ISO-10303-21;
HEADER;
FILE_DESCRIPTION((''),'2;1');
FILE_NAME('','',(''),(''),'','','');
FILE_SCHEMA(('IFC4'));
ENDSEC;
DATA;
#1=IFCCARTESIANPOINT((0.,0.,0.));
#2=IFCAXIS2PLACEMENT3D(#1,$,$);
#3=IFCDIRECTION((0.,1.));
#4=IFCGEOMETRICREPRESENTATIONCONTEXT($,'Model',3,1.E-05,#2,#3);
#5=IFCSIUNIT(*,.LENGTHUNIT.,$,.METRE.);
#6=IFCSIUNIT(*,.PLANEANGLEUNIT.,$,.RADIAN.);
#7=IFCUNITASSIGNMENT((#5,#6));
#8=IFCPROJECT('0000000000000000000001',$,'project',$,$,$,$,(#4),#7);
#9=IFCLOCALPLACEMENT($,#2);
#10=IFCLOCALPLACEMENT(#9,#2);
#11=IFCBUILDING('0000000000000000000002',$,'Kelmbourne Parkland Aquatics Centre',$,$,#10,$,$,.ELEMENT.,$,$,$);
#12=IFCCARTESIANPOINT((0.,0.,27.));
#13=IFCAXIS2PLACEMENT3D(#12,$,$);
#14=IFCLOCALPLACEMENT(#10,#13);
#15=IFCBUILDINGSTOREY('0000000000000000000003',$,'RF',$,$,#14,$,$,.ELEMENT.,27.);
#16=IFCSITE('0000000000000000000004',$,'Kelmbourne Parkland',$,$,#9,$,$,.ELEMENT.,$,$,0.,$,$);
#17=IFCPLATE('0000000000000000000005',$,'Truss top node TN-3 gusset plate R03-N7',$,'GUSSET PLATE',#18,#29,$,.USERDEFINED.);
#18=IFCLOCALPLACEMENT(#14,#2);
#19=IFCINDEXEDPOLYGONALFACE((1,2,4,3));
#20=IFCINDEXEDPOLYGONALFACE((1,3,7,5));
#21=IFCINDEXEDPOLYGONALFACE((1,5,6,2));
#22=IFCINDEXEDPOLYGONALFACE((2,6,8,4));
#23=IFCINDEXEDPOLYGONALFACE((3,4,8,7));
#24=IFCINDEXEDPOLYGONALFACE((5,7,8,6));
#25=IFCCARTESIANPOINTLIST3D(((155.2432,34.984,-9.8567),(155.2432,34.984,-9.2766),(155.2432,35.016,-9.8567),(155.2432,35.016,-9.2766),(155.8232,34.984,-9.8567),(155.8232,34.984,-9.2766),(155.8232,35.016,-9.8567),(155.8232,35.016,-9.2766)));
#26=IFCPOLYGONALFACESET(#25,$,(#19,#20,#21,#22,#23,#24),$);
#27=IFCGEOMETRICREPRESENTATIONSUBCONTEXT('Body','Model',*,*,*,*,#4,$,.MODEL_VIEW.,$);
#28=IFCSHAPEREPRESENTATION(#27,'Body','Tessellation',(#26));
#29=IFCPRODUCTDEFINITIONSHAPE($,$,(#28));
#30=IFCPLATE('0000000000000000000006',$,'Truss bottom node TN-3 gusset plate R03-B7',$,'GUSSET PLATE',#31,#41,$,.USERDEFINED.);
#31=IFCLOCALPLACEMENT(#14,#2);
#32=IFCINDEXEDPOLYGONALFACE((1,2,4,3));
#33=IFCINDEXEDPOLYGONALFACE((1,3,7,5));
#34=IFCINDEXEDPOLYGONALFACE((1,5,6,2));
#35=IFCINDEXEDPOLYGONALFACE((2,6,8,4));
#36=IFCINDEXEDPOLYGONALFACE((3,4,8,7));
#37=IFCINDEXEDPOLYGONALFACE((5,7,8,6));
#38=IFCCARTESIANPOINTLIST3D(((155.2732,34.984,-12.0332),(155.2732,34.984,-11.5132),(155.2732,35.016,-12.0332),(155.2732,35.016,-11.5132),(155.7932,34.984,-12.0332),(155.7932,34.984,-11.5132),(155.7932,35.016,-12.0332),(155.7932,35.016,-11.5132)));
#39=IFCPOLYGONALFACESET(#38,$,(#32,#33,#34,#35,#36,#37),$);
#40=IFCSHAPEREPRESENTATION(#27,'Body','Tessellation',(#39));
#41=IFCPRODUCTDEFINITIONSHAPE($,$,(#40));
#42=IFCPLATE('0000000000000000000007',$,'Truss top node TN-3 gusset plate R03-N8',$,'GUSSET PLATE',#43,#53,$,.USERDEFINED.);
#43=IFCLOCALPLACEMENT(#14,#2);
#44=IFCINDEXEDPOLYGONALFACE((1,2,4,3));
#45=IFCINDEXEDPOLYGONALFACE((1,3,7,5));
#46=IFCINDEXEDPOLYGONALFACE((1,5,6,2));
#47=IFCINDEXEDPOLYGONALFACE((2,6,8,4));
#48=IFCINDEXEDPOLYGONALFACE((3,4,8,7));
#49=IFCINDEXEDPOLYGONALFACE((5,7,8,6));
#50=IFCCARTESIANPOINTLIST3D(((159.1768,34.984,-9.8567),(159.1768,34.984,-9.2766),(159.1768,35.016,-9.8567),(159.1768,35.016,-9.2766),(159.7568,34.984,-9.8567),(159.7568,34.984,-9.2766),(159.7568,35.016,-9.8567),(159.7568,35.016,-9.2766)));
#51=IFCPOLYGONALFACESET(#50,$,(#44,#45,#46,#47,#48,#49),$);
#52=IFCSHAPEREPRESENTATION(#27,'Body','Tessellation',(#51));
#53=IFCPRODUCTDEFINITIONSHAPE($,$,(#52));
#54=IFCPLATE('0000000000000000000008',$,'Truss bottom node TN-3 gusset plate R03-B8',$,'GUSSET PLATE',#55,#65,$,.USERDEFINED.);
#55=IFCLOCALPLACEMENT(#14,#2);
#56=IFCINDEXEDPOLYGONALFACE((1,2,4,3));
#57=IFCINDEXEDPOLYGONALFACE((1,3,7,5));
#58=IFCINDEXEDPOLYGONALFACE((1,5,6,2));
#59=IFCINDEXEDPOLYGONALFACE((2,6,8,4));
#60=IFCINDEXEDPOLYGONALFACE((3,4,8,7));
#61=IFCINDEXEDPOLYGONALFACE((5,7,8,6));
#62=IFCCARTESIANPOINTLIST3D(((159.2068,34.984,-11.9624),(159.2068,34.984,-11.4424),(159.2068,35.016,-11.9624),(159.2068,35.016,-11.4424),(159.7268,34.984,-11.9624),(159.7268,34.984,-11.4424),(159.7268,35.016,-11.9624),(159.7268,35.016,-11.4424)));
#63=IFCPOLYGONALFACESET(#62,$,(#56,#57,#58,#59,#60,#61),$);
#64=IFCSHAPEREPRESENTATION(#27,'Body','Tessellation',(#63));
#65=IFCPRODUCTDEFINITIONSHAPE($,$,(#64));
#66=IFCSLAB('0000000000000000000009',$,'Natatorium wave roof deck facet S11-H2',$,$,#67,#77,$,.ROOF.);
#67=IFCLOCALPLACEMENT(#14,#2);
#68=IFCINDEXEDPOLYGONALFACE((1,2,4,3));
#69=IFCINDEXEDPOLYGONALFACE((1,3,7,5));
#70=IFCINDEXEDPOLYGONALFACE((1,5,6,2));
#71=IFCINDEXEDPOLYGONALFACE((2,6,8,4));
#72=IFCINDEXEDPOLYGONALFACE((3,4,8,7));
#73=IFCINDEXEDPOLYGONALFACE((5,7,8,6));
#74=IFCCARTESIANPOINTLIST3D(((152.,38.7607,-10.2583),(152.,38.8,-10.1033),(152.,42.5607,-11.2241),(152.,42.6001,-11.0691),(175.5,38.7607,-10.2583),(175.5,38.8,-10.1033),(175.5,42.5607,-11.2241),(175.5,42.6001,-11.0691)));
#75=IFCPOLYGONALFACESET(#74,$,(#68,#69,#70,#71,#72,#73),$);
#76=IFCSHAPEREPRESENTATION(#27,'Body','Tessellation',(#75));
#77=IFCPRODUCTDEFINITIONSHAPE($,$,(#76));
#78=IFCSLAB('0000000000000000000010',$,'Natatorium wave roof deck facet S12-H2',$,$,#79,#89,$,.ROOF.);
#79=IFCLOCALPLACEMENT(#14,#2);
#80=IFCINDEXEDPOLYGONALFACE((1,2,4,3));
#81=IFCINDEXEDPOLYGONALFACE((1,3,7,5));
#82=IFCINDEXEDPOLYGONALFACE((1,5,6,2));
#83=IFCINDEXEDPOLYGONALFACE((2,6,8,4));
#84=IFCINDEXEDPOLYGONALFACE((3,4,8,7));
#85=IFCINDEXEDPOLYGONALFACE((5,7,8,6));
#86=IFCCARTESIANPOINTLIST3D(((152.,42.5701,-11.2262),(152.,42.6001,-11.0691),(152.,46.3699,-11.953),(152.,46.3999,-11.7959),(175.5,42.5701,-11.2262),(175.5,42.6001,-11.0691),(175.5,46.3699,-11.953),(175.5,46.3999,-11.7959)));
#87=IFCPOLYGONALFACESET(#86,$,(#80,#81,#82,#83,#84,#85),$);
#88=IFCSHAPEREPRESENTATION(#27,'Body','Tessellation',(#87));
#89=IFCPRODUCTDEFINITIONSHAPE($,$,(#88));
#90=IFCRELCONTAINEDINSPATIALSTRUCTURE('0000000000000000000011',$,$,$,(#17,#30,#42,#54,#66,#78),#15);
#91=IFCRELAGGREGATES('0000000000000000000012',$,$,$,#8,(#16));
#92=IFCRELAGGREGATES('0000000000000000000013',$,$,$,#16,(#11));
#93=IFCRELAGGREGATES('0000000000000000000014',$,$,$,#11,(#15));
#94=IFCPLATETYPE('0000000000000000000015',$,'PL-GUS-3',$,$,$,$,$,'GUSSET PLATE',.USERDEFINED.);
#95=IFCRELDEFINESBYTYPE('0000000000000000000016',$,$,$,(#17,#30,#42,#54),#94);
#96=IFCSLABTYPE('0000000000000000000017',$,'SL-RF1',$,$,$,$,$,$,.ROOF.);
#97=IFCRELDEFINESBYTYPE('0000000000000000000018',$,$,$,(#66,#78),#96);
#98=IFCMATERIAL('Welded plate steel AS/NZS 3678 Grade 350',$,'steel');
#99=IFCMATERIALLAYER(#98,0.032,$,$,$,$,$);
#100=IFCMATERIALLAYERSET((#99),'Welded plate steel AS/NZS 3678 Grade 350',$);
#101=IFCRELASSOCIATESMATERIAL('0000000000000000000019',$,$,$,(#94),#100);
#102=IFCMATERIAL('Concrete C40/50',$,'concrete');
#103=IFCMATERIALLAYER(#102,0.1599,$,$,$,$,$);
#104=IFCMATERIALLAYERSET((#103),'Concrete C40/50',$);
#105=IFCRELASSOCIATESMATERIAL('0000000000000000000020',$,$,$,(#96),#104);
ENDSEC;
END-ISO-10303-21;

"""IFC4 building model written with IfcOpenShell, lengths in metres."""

from ifc_helpers import new_model, si_unit, direction, frame, origin, origin_2d, place, context, subcontext, project, spatial, polyline, rectangle, outline, extrude, material, layer, layer_set, type_object, element, save


model = new_model("IFC4")

# Units and contexts
model_context = context("Model", 3, precision=1e-05, world=origin(), true_north=direction((0.0, 1.0)))
body_context = subcontext(model_context, "Body", "Model", "MODEL_VIEW")
ifc_project = project(units=[si_unit("LENGTHUNIT", "METRE"), si_unit("PLANEANGLEUNIT", "RADIAN")], contexts=[model_context])

# Site, building, storey
site_placement = place(None, origin())
site = spatial("IfcSite", under=ifc_project, at=site_placement, Name="Kelmbourne Parkland", CompositionType="ELEMENT", RefElevation=0.0)
building_placement = place(site_placement, origin())
building = spatial("IfcBuilding", under=site, at=building_placement, Name="Kelmbourne Parkland Aquatics Centre", CompositionType="ELEMENT")
storey_placement = place(building_placement, frame((0.0, 0.0, 27.0)))
storey = spatial("IfcBuildingStorey", under=building, at=storey_placement, Name="RF", CompositionType="ELEMENT", Elevation=27.0)

# Shared definitions
ifc_material_1 = material(Name="Welded plate steel AS/NZS 3678 Grade 350", Category="steel")

# Plates
ifc_layer_1 = layer(ifc_material_1, 0.032)
ifc_layer_set_1 = layer_set([ifc_layer_1], Name="Welded plate steel AS/NZS 3678 Grade 350")
plate_type_1 = type_object("IfcPlateType", Name="PL-GUS-3", ElementType="GUSSET PLATE", PredefinedType="USERDEFINED", material=ifc_layer_set_1)
plate_1_placement = place(storey_placement, frame((155.5332, 35.0, -9.8567), z_axis=(0.0, 0.0, 1.0), x_axis=(1.0, 0.0, 0.0)))
element("IfcPlate", 1, at=plate_1_placement, inside=storey, type_object=plate_type_1, Name="Truss top node TN-3 gusset plate R03-N7", ObjectType="GUSSET PLATE", PredefinedType="USERDEFINED", context=body_context, shape_type="SweptSolid", body=[
    extrude(rectangle(XDim=0.5801, YDim=0.032, at=origin_2d()), origin(), (0.0, 0.0, 1.0), 0.5801),
])
plate_2_placement = place(storey_placement, frame((155.5332, 35.0, -12.0332), z_axis=(0.0, 0.0, 1.0), x_axis=(1.0, 0.0, 0.0)))
element("IfcPlate", 2, at=plate_2_placement, inside=storey, type_object=plate_type_1, Name="Truss bottom node TN-3 gusset plate R03-B7", ObjectType="GUSSET PLATE", PredefinedType="USERDEFINED", context=body_context, shape_type="SweptSolid", body=[
    extrude(rectangle(XDim=0.52, YDim=0.032, at=origin_2d()), origin(), (0.0, 0.0, 1.0), 0.52),
])
plate_3_placement = place(storey_placement, frame((159.4668, 35.0, -9.8567), z_axis=(0.0, 0.0, 1.0), x_axis=(1.0, 0.0, 0.0)))
element("IfcPlate", 3, at=plate_3_placement, inside=storey, type_object=plate_type_1, Name="Truss top node TN-3 gusset plate R03-N8", ObjectType="GUSSET PLATE", PredefinedType="USERDEFINED", context=body_context, shape_type="SweptSolid", body=[
    extrude(rectangle(XDim=0.5801, YDim=0.032, at=origin_2d()), origin(), (0.0, 0.0, 1.0), 0.5801),
])
plate_4_placement = place(storey_placement, frame((159.4668, 35.0, -11.9624), z_axis=(0.0, 0.0, 1.0), x_axis=(1.0, 0.0, 0.0)))
element("IfcPlate", 4, at=plate_4_placement, inside=storey, type_object=plate_type_1, Name="Truss bottom node TN-3 gusset plate R03-B8", ObjectType="GUSSET PLATE", PredefinedType="USERDEFINED", context=body_context, shape_type="SweptSolid", body=[
    extrude(rectangle(XDim=0.52, YDim=0.032, at=origin_2d()), origin(), (0.0, 0.0, 1.0), 0.52),
])

# Slabs
ifc_material_2 = material(Name="Concrete C40/50", Category="concrete")
ifc_layer_2 = layer(ifc_material_2, 0.1599)
ifc_layer_set_2 = layer_set([ifc_layer_2], Name="Concrete C40/50")
slab_type = type_object("IfcSlabType", Name="SL-RF1", PredefinedType="ROOF", material=ifc_layer_set_2)
slab_1_placement = place(storey_placement, frame((152.0, 38.8, -10.1033), z_axis=(0.0, 0.246328, 0.969186), x_axis=(1.0, 0.0, 0.0)))
element("IfcSlab", 5, at=slab_1_placement, inside=storey, type_object=slab_type, Name="Natatorium wave roof deck facet S11-H2", PredefinedType="ROOF", context=body_context, shape_type="SweptSolid", body=[
    extrude(outline(polyline([(0.0, 0.0), (23.5, 0.0), (23.5, 3.9209), (0.0, 3.9209), (0.0, 0.0)])), origin(), (0.0, 0.0, -1.0), 0.1599),
])
slab_2_placement = place(storey_placement, frame((152.0, 42.6001, -11.0691), z_axis=(0.0, 0.187869, 0.982194), x_axis=(1.0, 0.0, 0.0)))
element("IfcSlab", 6, at=slab_2_placement, inside=storey, type_object=slab_type, Name="Natatorium wave roof deck facet S12-H2", PredefinedType="ROOF", context=body_context, shape_type="SweptSolid", body=[
    extrude(outline(polyline([(0.0, 0.0), (23.5, 0.0), (23.5, 3.8687), (0.0, 3.8687), (0.0, 0.0)])), origin(), (0.0, 0.0, -1.0), 0.1599),
])

save(model, "model.ifc")
